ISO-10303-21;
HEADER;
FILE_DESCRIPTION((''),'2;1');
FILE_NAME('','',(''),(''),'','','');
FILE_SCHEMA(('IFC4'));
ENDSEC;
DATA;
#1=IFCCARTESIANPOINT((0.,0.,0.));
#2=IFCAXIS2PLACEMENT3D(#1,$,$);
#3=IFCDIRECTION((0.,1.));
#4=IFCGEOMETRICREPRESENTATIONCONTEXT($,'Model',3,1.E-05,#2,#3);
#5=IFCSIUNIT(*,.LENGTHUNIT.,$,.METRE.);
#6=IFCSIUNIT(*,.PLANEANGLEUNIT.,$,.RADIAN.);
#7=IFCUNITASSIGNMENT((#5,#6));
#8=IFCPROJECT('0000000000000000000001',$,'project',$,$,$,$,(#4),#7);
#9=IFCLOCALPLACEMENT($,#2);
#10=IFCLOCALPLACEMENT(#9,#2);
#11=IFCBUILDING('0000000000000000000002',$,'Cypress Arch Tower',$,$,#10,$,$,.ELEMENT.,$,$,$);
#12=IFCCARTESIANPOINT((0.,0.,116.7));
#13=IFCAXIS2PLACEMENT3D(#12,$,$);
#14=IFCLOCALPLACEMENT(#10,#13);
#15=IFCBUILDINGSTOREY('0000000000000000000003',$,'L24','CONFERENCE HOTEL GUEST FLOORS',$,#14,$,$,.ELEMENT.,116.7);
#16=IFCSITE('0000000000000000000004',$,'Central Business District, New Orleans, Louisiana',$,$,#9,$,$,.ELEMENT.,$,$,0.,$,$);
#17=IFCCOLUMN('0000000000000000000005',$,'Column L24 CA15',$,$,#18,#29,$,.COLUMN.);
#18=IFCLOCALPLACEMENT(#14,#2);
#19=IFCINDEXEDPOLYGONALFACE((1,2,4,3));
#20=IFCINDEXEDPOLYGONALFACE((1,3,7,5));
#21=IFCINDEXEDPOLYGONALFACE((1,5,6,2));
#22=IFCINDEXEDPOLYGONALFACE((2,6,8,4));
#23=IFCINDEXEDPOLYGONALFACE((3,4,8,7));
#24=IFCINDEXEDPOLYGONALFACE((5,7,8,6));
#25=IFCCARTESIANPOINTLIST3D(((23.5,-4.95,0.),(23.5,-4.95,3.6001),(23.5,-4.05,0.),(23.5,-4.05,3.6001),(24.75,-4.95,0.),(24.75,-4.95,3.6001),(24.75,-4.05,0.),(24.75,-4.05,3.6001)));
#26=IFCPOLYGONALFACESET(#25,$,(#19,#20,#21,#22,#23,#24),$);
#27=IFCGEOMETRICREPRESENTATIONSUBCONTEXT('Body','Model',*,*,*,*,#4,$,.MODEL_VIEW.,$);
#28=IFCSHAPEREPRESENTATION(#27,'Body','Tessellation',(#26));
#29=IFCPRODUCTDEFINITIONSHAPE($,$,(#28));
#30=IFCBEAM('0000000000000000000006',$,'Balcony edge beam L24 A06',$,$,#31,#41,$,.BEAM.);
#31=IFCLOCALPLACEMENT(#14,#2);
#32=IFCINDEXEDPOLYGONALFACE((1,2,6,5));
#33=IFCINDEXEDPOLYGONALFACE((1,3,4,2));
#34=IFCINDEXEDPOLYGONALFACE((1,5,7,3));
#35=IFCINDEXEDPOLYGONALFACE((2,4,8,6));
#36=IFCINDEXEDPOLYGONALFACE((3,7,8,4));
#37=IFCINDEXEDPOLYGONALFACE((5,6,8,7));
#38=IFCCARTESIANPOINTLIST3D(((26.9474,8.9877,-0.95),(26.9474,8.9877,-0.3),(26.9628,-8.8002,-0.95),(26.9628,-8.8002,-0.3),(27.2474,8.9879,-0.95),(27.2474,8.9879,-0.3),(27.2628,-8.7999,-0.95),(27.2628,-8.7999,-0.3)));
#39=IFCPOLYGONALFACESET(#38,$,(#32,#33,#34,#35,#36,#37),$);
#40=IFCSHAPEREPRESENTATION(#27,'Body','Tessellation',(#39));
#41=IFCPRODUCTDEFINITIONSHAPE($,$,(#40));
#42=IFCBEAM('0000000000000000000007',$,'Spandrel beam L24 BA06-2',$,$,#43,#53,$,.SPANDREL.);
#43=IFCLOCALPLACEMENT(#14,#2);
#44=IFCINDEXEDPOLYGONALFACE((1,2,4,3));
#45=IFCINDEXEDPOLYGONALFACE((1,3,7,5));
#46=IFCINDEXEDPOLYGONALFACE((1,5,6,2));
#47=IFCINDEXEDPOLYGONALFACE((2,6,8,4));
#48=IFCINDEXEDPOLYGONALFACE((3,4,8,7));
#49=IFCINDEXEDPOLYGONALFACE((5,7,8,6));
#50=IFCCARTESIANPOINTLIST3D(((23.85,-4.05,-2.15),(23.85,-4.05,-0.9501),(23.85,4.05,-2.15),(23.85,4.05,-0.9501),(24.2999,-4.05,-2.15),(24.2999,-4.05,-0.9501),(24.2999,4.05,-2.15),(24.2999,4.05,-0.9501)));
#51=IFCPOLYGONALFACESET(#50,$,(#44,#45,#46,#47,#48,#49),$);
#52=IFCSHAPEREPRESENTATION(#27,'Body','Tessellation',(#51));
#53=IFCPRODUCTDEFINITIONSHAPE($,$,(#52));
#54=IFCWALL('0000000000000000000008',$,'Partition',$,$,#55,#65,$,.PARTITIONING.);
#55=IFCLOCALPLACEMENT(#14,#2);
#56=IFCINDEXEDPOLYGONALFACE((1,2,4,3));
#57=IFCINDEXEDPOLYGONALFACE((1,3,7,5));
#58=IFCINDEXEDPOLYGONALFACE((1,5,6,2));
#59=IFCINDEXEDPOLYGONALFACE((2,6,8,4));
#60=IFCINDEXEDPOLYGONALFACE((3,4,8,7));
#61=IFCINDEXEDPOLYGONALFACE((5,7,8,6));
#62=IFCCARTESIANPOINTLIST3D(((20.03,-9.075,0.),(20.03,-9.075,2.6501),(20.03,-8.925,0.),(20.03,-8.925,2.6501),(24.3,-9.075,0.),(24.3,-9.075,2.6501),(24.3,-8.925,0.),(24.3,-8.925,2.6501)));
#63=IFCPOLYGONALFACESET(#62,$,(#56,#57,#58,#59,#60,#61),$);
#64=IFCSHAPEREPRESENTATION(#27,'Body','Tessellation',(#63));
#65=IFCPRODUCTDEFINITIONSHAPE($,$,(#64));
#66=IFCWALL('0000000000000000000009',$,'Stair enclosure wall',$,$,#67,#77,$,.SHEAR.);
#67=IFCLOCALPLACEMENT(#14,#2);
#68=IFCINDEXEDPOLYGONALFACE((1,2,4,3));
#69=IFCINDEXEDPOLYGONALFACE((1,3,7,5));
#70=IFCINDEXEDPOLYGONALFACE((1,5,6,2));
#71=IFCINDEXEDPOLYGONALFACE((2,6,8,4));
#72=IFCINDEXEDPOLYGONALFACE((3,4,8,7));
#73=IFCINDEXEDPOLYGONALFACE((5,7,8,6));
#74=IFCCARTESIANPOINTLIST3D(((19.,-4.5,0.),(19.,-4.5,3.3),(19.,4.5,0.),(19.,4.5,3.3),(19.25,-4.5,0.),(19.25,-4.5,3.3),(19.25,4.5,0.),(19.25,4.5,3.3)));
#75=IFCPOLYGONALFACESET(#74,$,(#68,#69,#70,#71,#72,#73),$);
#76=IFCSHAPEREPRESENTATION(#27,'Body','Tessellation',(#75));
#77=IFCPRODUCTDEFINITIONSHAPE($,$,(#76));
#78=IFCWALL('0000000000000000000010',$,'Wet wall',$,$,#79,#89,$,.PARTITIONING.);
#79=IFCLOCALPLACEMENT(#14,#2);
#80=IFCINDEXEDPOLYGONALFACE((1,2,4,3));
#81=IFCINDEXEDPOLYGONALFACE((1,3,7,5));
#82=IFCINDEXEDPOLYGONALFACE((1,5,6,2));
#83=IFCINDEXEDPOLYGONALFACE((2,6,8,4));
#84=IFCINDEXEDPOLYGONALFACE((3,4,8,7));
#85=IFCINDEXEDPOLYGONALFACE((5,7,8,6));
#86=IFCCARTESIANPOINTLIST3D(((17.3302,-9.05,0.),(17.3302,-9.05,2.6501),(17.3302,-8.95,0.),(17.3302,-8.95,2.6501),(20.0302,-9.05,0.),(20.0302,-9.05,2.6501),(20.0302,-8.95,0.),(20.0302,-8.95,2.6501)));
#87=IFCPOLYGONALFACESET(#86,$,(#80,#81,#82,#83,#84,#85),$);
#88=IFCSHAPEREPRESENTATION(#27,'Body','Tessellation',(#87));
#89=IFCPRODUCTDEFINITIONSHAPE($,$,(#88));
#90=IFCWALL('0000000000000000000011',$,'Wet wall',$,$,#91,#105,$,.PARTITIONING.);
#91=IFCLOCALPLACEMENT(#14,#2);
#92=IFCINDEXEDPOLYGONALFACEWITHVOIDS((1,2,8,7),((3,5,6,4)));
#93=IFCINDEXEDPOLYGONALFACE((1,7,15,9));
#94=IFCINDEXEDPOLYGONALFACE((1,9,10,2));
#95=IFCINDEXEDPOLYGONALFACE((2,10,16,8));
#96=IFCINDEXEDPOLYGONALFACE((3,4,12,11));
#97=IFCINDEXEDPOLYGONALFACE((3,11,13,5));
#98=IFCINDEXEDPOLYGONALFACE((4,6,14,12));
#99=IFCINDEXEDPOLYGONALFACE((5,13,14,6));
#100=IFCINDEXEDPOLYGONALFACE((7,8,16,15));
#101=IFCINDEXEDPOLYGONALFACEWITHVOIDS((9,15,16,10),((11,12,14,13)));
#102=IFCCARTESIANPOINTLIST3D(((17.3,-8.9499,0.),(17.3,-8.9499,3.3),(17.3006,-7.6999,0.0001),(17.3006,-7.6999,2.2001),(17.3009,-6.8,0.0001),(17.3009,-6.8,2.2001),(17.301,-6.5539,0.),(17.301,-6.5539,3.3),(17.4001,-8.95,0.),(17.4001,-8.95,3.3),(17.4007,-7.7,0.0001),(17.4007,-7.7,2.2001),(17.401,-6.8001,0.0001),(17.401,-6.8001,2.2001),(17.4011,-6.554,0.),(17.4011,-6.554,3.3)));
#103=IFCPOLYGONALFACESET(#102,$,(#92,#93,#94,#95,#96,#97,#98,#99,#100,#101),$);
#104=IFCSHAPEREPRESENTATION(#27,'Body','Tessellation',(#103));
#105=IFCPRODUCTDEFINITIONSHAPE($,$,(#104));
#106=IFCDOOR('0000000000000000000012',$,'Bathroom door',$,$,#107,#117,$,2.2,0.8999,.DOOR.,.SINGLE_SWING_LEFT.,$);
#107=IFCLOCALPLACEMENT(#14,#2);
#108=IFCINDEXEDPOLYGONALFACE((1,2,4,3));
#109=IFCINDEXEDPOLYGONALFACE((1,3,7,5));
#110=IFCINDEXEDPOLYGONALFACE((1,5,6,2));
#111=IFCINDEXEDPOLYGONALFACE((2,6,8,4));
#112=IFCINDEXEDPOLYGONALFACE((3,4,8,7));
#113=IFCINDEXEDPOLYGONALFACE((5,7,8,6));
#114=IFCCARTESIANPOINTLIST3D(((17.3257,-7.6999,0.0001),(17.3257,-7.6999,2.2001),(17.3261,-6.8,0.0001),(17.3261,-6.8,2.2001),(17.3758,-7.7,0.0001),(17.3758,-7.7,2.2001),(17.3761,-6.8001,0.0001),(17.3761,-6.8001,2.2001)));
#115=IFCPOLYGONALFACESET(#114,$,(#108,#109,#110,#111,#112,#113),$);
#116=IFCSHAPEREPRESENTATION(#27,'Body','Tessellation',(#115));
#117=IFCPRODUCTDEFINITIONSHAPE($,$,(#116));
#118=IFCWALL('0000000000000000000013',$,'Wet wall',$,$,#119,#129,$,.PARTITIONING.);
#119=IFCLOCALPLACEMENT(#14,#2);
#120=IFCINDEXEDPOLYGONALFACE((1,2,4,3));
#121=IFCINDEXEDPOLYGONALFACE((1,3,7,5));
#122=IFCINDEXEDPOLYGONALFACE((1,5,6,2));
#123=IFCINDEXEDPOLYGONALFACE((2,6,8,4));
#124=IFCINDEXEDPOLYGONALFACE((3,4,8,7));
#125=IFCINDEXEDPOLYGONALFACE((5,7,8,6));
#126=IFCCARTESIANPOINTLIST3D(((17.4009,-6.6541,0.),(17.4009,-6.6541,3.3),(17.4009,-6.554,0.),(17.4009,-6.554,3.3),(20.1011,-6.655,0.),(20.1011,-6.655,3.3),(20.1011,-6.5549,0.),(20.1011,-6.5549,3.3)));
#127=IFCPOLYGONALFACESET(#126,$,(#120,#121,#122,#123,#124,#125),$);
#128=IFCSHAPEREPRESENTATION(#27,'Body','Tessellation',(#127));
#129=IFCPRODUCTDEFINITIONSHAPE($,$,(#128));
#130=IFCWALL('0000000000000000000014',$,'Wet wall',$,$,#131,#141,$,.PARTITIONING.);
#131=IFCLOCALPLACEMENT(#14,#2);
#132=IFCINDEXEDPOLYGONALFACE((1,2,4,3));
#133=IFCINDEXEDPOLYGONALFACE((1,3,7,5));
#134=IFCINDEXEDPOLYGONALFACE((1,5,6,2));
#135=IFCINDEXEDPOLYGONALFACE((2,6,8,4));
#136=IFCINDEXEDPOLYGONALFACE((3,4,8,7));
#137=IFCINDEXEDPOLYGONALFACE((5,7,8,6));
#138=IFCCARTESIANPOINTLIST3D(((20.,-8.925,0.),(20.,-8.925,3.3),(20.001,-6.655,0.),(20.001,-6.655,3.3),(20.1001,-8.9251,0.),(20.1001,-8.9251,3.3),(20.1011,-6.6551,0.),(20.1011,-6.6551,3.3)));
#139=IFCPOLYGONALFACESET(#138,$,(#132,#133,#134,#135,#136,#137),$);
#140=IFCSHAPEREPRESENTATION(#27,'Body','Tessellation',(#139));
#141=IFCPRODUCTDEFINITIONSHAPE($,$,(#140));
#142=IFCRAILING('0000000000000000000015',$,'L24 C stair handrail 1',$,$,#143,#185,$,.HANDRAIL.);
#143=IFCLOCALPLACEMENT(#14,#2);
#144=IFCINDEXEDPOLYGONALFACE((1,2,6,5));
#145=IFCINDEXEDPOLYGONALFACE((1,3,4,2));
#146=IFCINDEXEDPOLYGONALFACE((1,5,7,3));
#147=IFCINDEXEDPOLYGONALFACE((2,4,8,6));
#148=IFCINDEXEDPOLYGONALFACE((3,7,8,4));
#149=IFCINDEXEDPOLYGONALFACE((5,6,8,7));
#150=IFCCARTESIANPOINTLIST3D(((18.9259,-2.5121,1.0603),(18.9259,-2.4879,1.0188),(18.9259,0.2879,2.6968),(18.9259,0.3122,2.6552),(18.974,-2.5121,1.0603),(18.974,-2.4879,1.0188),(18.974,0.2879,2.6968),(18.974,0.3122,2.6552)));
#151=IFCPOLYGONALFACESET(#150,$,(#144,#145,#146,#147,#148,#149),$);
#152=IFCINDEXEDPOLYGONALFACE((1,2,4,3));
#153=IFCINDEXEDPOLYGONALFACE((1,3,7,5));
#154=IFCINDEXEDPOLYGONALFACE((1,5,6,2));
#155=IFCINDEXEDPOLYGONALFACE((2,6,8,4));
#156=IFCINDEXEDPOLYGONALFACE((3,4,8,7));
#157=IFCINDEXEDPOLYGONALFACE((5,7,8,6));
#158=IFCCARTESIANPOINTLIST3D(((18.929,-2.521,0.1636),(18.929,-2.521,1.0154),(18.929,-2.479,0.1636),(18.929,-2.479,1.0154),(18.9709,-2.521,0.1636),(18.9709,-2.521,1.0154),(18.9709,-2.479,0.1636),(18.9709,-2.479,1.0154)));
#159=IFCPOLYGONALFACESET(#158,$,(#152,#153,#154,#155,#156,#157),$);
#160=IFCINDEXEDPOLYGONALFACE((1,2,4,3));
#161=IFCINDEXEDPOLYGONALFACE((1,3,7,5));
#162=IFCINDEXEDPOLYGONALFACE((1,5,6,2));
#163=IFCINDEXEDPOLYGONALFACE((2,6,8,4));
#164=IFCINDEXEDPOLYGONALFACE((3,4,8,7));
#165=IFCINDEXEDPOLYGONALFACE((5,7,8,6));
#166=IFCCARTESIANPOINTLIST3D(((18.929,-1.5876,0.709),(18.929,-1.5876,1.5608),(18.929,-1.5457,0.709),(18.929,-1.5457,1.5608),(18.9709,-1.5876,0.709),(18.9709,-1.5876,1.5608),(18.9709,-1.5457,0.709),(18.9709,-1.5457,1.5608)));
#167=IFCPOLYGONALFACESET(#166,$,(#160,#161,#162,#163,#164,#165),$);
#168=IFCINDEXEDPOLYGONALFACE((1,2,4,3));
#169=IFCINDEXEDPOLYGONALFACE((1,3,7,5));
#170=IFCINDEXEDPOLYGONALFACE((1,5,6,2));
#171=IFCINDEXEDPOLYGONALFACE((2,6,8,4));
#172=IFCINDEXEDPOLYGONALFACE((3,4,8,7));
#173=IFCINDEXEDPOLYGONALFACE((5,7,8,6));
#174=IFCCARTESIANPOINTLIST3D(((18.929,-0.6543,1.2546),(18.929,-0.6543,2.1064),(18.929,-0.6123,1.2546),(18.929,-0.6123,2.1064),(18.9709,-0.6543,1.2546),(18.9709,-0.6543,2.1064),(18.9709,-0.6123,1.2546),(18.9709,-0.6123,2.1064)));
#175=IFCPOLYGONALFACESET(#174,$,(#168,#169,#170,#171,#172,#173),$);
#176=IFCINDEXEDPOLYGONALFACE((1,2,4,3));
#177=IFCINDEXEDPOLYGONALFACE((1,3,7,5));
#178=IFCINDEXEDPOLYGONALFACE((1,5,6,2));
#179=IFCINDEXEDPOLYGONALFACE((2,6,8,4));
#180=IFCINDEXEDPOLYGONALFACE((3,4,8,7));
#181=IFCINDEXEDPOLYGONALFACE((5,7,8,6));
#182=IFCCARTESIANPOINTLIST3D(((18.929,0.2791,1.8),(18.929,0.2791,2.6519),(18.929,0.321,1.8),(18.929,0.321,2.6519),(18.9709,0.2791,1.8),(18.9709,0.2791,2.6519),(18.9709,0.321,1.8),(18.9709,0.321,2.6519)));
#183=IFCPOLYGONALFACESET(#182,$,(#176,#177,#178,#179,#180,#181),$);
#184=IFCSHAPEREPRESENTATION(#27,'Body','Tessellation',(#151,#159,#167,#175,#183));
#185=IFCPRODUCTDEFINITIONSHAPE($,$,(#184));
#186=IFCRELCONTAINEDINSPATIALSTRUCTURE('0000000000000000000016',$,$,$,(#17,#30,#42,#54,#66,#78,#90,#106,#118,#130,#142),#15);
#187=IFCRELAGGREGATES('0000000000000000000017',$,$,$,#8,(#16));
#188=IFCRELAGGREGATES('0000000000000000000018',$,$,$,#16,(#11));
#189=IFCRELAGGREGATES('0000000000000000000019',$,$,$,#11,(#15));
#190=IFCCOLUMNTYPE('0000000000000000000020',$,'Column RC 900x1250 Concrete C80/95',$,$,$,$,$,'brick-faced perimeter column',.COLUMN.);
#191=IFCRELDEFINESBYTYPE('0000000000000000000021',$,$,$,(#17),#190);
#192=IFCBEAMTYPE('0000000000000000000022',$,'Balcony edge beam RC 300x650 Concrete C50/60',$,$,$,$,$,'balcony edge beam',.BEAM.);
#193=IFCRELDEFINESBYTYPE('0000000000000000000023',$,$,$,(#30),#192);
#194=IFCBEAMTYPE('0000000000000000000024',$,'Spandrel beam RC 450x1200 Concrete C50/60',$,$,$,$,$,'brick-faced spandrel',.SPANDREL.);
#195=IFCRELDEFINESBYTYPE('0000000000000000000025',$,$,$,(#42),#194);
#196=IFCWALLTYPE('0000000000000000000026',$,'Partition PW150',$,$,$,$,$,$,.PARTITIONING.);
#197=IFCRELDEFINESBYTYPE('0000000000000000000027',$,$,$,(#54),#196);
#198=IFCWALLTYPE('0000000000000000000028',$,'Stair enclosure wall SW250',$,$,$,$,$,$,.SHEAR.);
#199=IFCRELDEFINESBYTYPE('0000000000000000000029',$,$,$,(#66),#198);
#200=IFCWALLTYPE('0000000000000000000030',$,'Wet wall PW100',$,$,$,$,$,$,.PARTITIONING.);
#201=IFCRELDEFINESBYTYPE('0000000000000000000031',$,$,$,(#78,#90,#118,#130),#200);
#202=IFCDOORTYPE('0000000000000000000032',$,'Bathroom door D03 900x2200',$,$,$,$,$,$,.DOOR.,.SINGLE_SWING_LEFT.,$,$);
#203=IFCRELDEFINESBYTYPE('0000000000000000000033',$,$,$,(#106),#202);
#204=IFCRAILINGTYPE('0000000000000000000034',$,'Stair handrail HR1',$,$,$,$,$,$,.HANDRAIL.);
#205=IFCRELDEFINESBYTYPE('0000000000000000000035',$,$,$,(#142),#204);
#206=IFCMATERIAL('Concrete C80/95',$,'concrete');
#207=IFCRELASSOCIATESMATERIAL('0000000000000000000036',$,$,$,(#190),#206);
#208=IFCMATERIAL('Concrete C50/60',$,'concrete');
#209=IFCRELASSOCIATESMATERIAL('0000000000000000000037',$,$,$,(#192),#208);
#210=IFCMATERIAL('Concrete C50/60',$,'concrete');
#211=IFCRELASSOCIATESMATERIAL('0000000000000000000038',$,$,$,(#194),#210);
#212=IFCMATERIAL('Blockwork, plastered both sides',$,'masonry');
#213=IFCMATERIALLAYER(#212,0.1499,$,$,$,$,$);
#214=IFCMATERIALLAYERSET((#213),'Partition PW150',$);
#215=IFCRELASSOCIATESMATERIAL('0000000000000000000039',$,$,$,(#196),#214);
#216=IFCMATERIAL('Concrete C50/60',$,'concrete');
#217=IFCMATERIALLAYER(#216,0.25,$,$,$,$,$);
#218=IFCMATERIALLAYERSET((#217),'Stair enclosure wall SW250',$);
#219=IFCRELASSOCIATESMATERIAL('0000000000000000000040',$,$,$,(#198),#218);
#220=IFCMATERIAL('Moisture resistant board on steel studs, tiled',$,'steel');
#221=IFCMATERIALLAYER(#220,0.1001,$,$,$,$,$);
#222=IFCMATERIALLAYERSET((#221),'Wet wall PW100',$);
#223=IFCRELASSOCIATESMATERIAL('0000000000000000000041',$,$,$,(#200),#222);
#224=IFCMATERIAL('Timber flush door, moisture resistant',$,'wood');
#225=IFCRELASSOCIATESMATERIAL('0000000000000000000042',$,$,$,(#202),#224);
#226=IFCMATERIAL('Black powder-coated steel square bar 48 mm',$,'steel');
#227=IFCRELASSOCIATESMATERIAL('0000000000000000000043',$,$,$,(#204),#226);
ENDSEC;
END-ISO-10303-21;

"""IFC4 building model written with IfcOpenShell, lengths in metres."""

from ifc_helpers import new_model, si_unit, direction, frame, frame_2d, origin, origin_2d, place, context, subcontext, project, spatial, rectangle, extrude, material, layer, layer_set, material_profile, profile_set, type_object, element, fill, save


model = new_model("IFC4")

# Units and contexts
model_context = context("Model", 3, precision=1e-05, world=origin(), true_north=direction((0.0, 1.0)))
body_context = subcontext(model_context, "Body", "Model", "MODEL_VIEW")
ifc_project = project(units=[si_unit("LENGTHUNIT", "METRE"), si_unit("PLANEANGLEUNIT", "RADIAN")], contexts=[model_context])

# Site, building, storey
site_placement = place(None, origin())
site = spatial("IfcSite", under=ifc_project, at=site_placement, Name="Central Business District, New Orleans, Louisiana", CompositionType="ELEMENT", RefElevation=0.0)
building_placement = place(site_placement, origin())
building = spatial("IfcBuilding", under=site, at=building_placement, Name="Cypress Arch Tower", CompositionType="ELEMENT")
storey_placement = place(building_placement, frame((0.0, 0.0, 116.7)))
storey = spatial("IfcBuildingStorey", under=building, at=storey_placement, Name="L24", Description="CONFERENCE HOTEL GUEST FLOORS", CompositionType="ELEMENT", Elevation=116.7)

# Column
ifc_material_1 = material(Name="Concrete C80/95", Category="concrete")
ifc_material_profile_1 = material_profile(ifc_material_1, rectangle(XDim=0.8999, YDim=1.25, at=origin_2d()), Name="RC 900x1250")
ifc_profile_set_1 = profile_set([ifc_material_profile_1], Name="Concrete C80/95")
column_type = type_object("IfcColumnType", Name="Column RC 900x1250 Concrete C80/95", ElementType="brick-faced perimeter column", PredefinedType="COLUMN", material=ifc_profile_set_1)
column_placement = place(storey_placement, frame((24.125, -4.5, 0.0), z_axis=(0.0, 0.0, 1.0), x_axis=(0.0, 1.0, 0.0)))
element("IfcColumn", 1, at=column_placement, inside=storey, type_object=column_type, Name="Column L24 CA15", PredefinedType="COLUMN", context=body_context, shape_type="SweptSolid", body=[
    extrude(rectangle(XDim=0.8999, YDim=1.25, at=origin_2d()), origin(), (0.0, 0.0, 1.0), 3.6001),
])

# Beams
ifc_material_2 = material(Name="Concrete C50/60", Category="concrete")
ifc_material_profile_2 = material_profile(ifc_material_2, rectangle(XDim=0.3, YDim=0.6499, at=origin_2d()), Name="RC 300x650")
ifc_profile_set_2 = profile_set([ifc_material_profile_2], Name="Concrete C50/60")
beam_type_1 = type_object("IfcBeamType", Name="Balcony edge beam RC 300x650 Concrete C50/60", ElementType="balcony edge beam", PredefinedType="BEAM", material=ifc_profile_set_2)
beam_1_placement = place(storey_placement, frame((27.1128, -8.8, -0.625), z_axis=(-0.000865, 1.0, 0.0), x_axis=(-1.0, -0.000865, 0.0)))
element("IfcBeam", 2, at=beam_1_placement, inside=storey, type_object=beam_type_1, Name="Balcony edge beam L24 A06", PredefinedType="BEAM", context=body_context, shape_type="SweptSolid", body=[
    extrude(rectangle(XDim=0.3, YDim=0.6499, at=origin_2d()), origin(), (0.0, 0.0, 1.0), 17.7878),
])
ifc_material_3 = material(Name="Concrete C50/60", Category="concrete")
ifc_material_profile_3 = material_profile(ifc_material_3, rectangle(XDim=0.45, YDim=1.2, at=origin_2d()), Name="RC 450x1200")
ifc_profile_set_3 = profile_set([ifc_material_profile_3], Name="Concrete C50/60")
beam_type_2 = type_object("IfcBeamType", Name="Spandrel beam RC 450x1200 Concrete C50/60", ElementType="brick-faced spandrel", PredefinedType="SPANDREL", material=ifc_profile_set_3)
beam_2_placement = place(storey_placement, frame((24.075, -4.05, -1.55), z_axis=(0.0, 1.0, 0.0), x_axis=(-1.0, 0.0, 0.0)))
element("IfcBeam", 3, at=beam_2_placement, inside=storey, type_object=beam_type_2, Name="Spandrel beam L24 BA06-2", PredefinedType="SPANDREL", context=body_context, shape_type="SweptSolid", body=[
    extrude(rectangle(XDim=0.45, YDim=1.2, at=origin_2d()), origin(), (0.0, 0.0, 1.0), 8.1001),
])

# Walls
ifc_material_4 = material(Name="Blockwork, plastered both sides", Category="masonry")
ifc_layer_1 = layer(ifc_material_4, 0.1499)
ifc_layer_set_1 = layer_set([ifc_layer_1], Name="Partition PW150")
wall_type_1 = type_object("IfcWallType", Name="Partition PW150", PredefinedType="PARTITIONING", material=ifc_layer_set_1)
wall_1_placement = place(storey_placement, frame((20.03, -9.0, 0.0), z_axis=(0.0, 0.0, 1.0), x_axis=(1.0, 0.0, 0.0)))
element("IfcWall", 4, at=wall_1_placement, inside=storey, type_object=wall_type_1, Name="Partition", PredefinedType="PARTITIONING", context=body_context, shape_type="SweptSolid", body=[
    extrude(rectangle(XDim=4.27, YDim=0.1499, at=frame_2d((2.135, 0.0))), origin(), (0.0, 0.0, 1.0), 2.6501),
])
ifc_material_5 = material(Name="Concrete C50/60", Category="concrete")
ifc_layer_2 = layer(ifc_material_5, 0.25)
ifc_layer_set_2 = layer_set([ifc_layer_2], Name="Stair enclosure wall SW250")
wall_type_2 = type_object("IfcWallType", Name="Stair enclosure wall SW250", PredefinedType="SHEAR", material=ifc_layer_set_2)
wall_2_placement = place(storey_placement, frame((19.125, -4.5, 0.0), z_axis=(0.0, 0.0, 1.0), x_axis=(0.0, 1.0, 0.0)))
element("IfcWall", 5, at=wall_2_placement, inside=storey, type_object=wall_type_2, Name="Stair enclosure wall", PredefinedType="SHEAR", context=body_context, shape_type="SweptSolid", body=[
    extrude(rectangle(XDim=9.0, YDim=0.25, at=frame_2d((4.5, 0.0))), origin(), (0.0, 0.0, 1.0), 3.3),
])
ifc_material_6 = material(Name="Moisture resistant board on steel studs, tiled", Category="steel")
ifc_layer_3 = layer(ifc_material_6, 0.1001)
ifc_layer_set_3 = layer_set([ifc_layer_3], Name="Wet wall PW100")
wall_type_3 = type_object("IfcWallType", Name="Wet wall PW100", PredefinedType="PARTITIONING", material=ifc_layer_set_3)
wall_3_placement = place(storey_placement, frame((17.3301, -9.0, 0.0), z_axis=(0.0, 0.0, 1.0), x_axis=(1.0, 0.0, 0.0)))
element("IfcWall", 6, at=wall_3_placement, inside=storey, type_object=wall_type_3, Name="Wet wall", PredefinedType="PARTITIONING", context=body_context, shape_type="SweptSolid", body=[
    extrude(rectangle(XDim=2.7, YDim=0.1001, at=frame_2d((1.3501, 0.0))), origin(), (0.0, 0.0, 1.0), 2.6501),
])

# Wall, opening, door
wall_4_placement = place(storey_placement, frame((17.3501, -8.95, 0.0), z_axis=(0.0, 0.0, 1.0), x_axis=(0.000408, 1.0, 0.0)))
wall_4 = element("IfcWall", 7, at=wall_4_placement, inside=storey, type_object=wall_type_3, Name="Wet wall", PredefinedType="PARTITIONING", context=body_context, shape_type="SweptSolid", body=[
    extrude(rectangle(XDim=2.396, YDim=0.1001, at=frame_2d((1.198, 0.0))), origin(), (0.0, 0.0, 1.0), 3.3),
])
opening_1_placement = place(wall_4_placement, frame((1.25, 0.0, 0.0)))
opening_1 = element("IfcOpeningElement", 8, at=opening_1_placement, cuts=wall_4, PredefinedType="OPENING", context=body_context, shape_type="SweptSolid", body=[
    extrude(rectangle(XDim=0.8999, YDim=2.2, at=frame_2d((0.45, 1.1001))), frame((0.0, 0.0601, 0.0), z_axis=(0.0, -1.0, 0.0), x_axis=(1.0, 0.0, 0.0)), (0.0, 0.0, 1.0), 0.1201),
])
ifc_material_7 = material(Name="Timber flush door, moisture resistant", Category="wood")
door_type_1 = type_object("IfcDoorType", Name="Bathroom door D03 900x2200", OperationType="SINGLE_SWING_LEFT", PredefinedType="DOOR", material=ifc_material_7)
door_1_placement = place(opening_1_placement, origin())
door_1 = element("IfcDoor", 9, at=door_1_placement, inside=storey, type_object=door_type_1, Name="Bathroom door", OperationType="SINGLE_SWING_LEFT", OverallHeight=2.2, OverallWidth=0.8999, PredefinedType="DOOR", context=body_context, shape_type="SweptSolid", body=[
    extrude(rectangle(XDim=0.8999, YDim=2.2, at=frame_2d((0.45, 1.1001))), frame((0.0, 0.0249, 0.0), z_axis=(0.0, -1.0, 0.0), x_axis=(1.0, 0.0, 0.0)), (0.0, 0.0, 1.0), 0.05),
])
fill(opening_1, door_1)

# Walls
wall_5_placement = place(storey_placement, frame((17.4009, -6.604, 0.0), z_axis=(0.0, 0.0, 1.0), x_axis=(1.0, -0.000362, 0.0)))
element("IfcWall", 10, at=wall_5_placement, inside=storey, type_object=wall_type_3, Name="Wet wall", PredefinedType="PARTITIONING", context=body_context, shape_type="SweptSolid", body=[
    extrude(rectangle(XDim=2.7002, YDim=0.1001, at=frame_2d((1.3501, 0.0))), origin(), (0.0, 0.0, 1.0), 3.3),
])
wall_6_placement = place(storey_placement, frame((20.05, -8.925, 0.0), z_axis=(0.0, 0.0, 1.0), x_axis=(0.00043, 1.0, 0.0)))
element("IfcWall", 11, at=wall_6_placement, inside=storey, type_object=wall_type_3, Name="Wet wall", PredefinedType="PARTITIONING", context=body_context, shape_type="SweptSolid", body=[
    extrude(rectangle(XDim=2.27, YDim=0.1001, at=frame_2d((1.135, 0.0))), origin(), (0.0, 0.0, 1.0), 3.3),
])

# Railing
ifc_material_8 = material(Name="Black powder-coated steel square bar 48 mm", Category="steel")
railing_type_1 = type_object("IfcRailingType", Name="Stair handrail HR1", PredefinedType="HANDRAIL", material=ifc_material_8)
railing_1_placement = place(storey_placement, frame((18.95, -2.5, 0.1636)))
element("IfcRailing", 12, at=railing_1_placement, inside=storey, type_object=railing_type_1, Name="L24 C stair handrail 1", PredefinedType="HANDRAIL", context=body_context, shape_type="SweptSolid", body=[
    extrude(rectangle(XDim=0.0481, YDim=0.0481, at=origin_2d()), frame((0.0, 0.0, 0.876), z_axis=(0.0, 0.863361, 0.504587), x_axis=(-1.0, 0.0, 0.0)), (0.0, 0.0, 1.0), 3.2432),
    extrude(rectangle(XDim=0.042, YDim=0.042, at=origin_2d()), origin(), (0.0, 0.0, 1.0), 0.8518),
    extrude(rectangle(XDim=0.042, YDim=0.042, at=origin_2d()), frame((0.0, 0.9333, 0.5454)), (0.0, 0.0, 1.0), 0.8518),
    extrude(rectangle(XDim=0.042, YDim=0.042, at=origin_2d()), frame((0.0, 1.8667, 1.0911)), (0.0, 0.0, 1.0), 0.8518),
    extrude(rectangle(XDim=0.042, YDim=0.042, at=origin_2d()), frame((0.0, 2.8, 1.6365)), (0.0, 0.0, 1.0), 0.8518),
])

save(model, "model.ifc")
